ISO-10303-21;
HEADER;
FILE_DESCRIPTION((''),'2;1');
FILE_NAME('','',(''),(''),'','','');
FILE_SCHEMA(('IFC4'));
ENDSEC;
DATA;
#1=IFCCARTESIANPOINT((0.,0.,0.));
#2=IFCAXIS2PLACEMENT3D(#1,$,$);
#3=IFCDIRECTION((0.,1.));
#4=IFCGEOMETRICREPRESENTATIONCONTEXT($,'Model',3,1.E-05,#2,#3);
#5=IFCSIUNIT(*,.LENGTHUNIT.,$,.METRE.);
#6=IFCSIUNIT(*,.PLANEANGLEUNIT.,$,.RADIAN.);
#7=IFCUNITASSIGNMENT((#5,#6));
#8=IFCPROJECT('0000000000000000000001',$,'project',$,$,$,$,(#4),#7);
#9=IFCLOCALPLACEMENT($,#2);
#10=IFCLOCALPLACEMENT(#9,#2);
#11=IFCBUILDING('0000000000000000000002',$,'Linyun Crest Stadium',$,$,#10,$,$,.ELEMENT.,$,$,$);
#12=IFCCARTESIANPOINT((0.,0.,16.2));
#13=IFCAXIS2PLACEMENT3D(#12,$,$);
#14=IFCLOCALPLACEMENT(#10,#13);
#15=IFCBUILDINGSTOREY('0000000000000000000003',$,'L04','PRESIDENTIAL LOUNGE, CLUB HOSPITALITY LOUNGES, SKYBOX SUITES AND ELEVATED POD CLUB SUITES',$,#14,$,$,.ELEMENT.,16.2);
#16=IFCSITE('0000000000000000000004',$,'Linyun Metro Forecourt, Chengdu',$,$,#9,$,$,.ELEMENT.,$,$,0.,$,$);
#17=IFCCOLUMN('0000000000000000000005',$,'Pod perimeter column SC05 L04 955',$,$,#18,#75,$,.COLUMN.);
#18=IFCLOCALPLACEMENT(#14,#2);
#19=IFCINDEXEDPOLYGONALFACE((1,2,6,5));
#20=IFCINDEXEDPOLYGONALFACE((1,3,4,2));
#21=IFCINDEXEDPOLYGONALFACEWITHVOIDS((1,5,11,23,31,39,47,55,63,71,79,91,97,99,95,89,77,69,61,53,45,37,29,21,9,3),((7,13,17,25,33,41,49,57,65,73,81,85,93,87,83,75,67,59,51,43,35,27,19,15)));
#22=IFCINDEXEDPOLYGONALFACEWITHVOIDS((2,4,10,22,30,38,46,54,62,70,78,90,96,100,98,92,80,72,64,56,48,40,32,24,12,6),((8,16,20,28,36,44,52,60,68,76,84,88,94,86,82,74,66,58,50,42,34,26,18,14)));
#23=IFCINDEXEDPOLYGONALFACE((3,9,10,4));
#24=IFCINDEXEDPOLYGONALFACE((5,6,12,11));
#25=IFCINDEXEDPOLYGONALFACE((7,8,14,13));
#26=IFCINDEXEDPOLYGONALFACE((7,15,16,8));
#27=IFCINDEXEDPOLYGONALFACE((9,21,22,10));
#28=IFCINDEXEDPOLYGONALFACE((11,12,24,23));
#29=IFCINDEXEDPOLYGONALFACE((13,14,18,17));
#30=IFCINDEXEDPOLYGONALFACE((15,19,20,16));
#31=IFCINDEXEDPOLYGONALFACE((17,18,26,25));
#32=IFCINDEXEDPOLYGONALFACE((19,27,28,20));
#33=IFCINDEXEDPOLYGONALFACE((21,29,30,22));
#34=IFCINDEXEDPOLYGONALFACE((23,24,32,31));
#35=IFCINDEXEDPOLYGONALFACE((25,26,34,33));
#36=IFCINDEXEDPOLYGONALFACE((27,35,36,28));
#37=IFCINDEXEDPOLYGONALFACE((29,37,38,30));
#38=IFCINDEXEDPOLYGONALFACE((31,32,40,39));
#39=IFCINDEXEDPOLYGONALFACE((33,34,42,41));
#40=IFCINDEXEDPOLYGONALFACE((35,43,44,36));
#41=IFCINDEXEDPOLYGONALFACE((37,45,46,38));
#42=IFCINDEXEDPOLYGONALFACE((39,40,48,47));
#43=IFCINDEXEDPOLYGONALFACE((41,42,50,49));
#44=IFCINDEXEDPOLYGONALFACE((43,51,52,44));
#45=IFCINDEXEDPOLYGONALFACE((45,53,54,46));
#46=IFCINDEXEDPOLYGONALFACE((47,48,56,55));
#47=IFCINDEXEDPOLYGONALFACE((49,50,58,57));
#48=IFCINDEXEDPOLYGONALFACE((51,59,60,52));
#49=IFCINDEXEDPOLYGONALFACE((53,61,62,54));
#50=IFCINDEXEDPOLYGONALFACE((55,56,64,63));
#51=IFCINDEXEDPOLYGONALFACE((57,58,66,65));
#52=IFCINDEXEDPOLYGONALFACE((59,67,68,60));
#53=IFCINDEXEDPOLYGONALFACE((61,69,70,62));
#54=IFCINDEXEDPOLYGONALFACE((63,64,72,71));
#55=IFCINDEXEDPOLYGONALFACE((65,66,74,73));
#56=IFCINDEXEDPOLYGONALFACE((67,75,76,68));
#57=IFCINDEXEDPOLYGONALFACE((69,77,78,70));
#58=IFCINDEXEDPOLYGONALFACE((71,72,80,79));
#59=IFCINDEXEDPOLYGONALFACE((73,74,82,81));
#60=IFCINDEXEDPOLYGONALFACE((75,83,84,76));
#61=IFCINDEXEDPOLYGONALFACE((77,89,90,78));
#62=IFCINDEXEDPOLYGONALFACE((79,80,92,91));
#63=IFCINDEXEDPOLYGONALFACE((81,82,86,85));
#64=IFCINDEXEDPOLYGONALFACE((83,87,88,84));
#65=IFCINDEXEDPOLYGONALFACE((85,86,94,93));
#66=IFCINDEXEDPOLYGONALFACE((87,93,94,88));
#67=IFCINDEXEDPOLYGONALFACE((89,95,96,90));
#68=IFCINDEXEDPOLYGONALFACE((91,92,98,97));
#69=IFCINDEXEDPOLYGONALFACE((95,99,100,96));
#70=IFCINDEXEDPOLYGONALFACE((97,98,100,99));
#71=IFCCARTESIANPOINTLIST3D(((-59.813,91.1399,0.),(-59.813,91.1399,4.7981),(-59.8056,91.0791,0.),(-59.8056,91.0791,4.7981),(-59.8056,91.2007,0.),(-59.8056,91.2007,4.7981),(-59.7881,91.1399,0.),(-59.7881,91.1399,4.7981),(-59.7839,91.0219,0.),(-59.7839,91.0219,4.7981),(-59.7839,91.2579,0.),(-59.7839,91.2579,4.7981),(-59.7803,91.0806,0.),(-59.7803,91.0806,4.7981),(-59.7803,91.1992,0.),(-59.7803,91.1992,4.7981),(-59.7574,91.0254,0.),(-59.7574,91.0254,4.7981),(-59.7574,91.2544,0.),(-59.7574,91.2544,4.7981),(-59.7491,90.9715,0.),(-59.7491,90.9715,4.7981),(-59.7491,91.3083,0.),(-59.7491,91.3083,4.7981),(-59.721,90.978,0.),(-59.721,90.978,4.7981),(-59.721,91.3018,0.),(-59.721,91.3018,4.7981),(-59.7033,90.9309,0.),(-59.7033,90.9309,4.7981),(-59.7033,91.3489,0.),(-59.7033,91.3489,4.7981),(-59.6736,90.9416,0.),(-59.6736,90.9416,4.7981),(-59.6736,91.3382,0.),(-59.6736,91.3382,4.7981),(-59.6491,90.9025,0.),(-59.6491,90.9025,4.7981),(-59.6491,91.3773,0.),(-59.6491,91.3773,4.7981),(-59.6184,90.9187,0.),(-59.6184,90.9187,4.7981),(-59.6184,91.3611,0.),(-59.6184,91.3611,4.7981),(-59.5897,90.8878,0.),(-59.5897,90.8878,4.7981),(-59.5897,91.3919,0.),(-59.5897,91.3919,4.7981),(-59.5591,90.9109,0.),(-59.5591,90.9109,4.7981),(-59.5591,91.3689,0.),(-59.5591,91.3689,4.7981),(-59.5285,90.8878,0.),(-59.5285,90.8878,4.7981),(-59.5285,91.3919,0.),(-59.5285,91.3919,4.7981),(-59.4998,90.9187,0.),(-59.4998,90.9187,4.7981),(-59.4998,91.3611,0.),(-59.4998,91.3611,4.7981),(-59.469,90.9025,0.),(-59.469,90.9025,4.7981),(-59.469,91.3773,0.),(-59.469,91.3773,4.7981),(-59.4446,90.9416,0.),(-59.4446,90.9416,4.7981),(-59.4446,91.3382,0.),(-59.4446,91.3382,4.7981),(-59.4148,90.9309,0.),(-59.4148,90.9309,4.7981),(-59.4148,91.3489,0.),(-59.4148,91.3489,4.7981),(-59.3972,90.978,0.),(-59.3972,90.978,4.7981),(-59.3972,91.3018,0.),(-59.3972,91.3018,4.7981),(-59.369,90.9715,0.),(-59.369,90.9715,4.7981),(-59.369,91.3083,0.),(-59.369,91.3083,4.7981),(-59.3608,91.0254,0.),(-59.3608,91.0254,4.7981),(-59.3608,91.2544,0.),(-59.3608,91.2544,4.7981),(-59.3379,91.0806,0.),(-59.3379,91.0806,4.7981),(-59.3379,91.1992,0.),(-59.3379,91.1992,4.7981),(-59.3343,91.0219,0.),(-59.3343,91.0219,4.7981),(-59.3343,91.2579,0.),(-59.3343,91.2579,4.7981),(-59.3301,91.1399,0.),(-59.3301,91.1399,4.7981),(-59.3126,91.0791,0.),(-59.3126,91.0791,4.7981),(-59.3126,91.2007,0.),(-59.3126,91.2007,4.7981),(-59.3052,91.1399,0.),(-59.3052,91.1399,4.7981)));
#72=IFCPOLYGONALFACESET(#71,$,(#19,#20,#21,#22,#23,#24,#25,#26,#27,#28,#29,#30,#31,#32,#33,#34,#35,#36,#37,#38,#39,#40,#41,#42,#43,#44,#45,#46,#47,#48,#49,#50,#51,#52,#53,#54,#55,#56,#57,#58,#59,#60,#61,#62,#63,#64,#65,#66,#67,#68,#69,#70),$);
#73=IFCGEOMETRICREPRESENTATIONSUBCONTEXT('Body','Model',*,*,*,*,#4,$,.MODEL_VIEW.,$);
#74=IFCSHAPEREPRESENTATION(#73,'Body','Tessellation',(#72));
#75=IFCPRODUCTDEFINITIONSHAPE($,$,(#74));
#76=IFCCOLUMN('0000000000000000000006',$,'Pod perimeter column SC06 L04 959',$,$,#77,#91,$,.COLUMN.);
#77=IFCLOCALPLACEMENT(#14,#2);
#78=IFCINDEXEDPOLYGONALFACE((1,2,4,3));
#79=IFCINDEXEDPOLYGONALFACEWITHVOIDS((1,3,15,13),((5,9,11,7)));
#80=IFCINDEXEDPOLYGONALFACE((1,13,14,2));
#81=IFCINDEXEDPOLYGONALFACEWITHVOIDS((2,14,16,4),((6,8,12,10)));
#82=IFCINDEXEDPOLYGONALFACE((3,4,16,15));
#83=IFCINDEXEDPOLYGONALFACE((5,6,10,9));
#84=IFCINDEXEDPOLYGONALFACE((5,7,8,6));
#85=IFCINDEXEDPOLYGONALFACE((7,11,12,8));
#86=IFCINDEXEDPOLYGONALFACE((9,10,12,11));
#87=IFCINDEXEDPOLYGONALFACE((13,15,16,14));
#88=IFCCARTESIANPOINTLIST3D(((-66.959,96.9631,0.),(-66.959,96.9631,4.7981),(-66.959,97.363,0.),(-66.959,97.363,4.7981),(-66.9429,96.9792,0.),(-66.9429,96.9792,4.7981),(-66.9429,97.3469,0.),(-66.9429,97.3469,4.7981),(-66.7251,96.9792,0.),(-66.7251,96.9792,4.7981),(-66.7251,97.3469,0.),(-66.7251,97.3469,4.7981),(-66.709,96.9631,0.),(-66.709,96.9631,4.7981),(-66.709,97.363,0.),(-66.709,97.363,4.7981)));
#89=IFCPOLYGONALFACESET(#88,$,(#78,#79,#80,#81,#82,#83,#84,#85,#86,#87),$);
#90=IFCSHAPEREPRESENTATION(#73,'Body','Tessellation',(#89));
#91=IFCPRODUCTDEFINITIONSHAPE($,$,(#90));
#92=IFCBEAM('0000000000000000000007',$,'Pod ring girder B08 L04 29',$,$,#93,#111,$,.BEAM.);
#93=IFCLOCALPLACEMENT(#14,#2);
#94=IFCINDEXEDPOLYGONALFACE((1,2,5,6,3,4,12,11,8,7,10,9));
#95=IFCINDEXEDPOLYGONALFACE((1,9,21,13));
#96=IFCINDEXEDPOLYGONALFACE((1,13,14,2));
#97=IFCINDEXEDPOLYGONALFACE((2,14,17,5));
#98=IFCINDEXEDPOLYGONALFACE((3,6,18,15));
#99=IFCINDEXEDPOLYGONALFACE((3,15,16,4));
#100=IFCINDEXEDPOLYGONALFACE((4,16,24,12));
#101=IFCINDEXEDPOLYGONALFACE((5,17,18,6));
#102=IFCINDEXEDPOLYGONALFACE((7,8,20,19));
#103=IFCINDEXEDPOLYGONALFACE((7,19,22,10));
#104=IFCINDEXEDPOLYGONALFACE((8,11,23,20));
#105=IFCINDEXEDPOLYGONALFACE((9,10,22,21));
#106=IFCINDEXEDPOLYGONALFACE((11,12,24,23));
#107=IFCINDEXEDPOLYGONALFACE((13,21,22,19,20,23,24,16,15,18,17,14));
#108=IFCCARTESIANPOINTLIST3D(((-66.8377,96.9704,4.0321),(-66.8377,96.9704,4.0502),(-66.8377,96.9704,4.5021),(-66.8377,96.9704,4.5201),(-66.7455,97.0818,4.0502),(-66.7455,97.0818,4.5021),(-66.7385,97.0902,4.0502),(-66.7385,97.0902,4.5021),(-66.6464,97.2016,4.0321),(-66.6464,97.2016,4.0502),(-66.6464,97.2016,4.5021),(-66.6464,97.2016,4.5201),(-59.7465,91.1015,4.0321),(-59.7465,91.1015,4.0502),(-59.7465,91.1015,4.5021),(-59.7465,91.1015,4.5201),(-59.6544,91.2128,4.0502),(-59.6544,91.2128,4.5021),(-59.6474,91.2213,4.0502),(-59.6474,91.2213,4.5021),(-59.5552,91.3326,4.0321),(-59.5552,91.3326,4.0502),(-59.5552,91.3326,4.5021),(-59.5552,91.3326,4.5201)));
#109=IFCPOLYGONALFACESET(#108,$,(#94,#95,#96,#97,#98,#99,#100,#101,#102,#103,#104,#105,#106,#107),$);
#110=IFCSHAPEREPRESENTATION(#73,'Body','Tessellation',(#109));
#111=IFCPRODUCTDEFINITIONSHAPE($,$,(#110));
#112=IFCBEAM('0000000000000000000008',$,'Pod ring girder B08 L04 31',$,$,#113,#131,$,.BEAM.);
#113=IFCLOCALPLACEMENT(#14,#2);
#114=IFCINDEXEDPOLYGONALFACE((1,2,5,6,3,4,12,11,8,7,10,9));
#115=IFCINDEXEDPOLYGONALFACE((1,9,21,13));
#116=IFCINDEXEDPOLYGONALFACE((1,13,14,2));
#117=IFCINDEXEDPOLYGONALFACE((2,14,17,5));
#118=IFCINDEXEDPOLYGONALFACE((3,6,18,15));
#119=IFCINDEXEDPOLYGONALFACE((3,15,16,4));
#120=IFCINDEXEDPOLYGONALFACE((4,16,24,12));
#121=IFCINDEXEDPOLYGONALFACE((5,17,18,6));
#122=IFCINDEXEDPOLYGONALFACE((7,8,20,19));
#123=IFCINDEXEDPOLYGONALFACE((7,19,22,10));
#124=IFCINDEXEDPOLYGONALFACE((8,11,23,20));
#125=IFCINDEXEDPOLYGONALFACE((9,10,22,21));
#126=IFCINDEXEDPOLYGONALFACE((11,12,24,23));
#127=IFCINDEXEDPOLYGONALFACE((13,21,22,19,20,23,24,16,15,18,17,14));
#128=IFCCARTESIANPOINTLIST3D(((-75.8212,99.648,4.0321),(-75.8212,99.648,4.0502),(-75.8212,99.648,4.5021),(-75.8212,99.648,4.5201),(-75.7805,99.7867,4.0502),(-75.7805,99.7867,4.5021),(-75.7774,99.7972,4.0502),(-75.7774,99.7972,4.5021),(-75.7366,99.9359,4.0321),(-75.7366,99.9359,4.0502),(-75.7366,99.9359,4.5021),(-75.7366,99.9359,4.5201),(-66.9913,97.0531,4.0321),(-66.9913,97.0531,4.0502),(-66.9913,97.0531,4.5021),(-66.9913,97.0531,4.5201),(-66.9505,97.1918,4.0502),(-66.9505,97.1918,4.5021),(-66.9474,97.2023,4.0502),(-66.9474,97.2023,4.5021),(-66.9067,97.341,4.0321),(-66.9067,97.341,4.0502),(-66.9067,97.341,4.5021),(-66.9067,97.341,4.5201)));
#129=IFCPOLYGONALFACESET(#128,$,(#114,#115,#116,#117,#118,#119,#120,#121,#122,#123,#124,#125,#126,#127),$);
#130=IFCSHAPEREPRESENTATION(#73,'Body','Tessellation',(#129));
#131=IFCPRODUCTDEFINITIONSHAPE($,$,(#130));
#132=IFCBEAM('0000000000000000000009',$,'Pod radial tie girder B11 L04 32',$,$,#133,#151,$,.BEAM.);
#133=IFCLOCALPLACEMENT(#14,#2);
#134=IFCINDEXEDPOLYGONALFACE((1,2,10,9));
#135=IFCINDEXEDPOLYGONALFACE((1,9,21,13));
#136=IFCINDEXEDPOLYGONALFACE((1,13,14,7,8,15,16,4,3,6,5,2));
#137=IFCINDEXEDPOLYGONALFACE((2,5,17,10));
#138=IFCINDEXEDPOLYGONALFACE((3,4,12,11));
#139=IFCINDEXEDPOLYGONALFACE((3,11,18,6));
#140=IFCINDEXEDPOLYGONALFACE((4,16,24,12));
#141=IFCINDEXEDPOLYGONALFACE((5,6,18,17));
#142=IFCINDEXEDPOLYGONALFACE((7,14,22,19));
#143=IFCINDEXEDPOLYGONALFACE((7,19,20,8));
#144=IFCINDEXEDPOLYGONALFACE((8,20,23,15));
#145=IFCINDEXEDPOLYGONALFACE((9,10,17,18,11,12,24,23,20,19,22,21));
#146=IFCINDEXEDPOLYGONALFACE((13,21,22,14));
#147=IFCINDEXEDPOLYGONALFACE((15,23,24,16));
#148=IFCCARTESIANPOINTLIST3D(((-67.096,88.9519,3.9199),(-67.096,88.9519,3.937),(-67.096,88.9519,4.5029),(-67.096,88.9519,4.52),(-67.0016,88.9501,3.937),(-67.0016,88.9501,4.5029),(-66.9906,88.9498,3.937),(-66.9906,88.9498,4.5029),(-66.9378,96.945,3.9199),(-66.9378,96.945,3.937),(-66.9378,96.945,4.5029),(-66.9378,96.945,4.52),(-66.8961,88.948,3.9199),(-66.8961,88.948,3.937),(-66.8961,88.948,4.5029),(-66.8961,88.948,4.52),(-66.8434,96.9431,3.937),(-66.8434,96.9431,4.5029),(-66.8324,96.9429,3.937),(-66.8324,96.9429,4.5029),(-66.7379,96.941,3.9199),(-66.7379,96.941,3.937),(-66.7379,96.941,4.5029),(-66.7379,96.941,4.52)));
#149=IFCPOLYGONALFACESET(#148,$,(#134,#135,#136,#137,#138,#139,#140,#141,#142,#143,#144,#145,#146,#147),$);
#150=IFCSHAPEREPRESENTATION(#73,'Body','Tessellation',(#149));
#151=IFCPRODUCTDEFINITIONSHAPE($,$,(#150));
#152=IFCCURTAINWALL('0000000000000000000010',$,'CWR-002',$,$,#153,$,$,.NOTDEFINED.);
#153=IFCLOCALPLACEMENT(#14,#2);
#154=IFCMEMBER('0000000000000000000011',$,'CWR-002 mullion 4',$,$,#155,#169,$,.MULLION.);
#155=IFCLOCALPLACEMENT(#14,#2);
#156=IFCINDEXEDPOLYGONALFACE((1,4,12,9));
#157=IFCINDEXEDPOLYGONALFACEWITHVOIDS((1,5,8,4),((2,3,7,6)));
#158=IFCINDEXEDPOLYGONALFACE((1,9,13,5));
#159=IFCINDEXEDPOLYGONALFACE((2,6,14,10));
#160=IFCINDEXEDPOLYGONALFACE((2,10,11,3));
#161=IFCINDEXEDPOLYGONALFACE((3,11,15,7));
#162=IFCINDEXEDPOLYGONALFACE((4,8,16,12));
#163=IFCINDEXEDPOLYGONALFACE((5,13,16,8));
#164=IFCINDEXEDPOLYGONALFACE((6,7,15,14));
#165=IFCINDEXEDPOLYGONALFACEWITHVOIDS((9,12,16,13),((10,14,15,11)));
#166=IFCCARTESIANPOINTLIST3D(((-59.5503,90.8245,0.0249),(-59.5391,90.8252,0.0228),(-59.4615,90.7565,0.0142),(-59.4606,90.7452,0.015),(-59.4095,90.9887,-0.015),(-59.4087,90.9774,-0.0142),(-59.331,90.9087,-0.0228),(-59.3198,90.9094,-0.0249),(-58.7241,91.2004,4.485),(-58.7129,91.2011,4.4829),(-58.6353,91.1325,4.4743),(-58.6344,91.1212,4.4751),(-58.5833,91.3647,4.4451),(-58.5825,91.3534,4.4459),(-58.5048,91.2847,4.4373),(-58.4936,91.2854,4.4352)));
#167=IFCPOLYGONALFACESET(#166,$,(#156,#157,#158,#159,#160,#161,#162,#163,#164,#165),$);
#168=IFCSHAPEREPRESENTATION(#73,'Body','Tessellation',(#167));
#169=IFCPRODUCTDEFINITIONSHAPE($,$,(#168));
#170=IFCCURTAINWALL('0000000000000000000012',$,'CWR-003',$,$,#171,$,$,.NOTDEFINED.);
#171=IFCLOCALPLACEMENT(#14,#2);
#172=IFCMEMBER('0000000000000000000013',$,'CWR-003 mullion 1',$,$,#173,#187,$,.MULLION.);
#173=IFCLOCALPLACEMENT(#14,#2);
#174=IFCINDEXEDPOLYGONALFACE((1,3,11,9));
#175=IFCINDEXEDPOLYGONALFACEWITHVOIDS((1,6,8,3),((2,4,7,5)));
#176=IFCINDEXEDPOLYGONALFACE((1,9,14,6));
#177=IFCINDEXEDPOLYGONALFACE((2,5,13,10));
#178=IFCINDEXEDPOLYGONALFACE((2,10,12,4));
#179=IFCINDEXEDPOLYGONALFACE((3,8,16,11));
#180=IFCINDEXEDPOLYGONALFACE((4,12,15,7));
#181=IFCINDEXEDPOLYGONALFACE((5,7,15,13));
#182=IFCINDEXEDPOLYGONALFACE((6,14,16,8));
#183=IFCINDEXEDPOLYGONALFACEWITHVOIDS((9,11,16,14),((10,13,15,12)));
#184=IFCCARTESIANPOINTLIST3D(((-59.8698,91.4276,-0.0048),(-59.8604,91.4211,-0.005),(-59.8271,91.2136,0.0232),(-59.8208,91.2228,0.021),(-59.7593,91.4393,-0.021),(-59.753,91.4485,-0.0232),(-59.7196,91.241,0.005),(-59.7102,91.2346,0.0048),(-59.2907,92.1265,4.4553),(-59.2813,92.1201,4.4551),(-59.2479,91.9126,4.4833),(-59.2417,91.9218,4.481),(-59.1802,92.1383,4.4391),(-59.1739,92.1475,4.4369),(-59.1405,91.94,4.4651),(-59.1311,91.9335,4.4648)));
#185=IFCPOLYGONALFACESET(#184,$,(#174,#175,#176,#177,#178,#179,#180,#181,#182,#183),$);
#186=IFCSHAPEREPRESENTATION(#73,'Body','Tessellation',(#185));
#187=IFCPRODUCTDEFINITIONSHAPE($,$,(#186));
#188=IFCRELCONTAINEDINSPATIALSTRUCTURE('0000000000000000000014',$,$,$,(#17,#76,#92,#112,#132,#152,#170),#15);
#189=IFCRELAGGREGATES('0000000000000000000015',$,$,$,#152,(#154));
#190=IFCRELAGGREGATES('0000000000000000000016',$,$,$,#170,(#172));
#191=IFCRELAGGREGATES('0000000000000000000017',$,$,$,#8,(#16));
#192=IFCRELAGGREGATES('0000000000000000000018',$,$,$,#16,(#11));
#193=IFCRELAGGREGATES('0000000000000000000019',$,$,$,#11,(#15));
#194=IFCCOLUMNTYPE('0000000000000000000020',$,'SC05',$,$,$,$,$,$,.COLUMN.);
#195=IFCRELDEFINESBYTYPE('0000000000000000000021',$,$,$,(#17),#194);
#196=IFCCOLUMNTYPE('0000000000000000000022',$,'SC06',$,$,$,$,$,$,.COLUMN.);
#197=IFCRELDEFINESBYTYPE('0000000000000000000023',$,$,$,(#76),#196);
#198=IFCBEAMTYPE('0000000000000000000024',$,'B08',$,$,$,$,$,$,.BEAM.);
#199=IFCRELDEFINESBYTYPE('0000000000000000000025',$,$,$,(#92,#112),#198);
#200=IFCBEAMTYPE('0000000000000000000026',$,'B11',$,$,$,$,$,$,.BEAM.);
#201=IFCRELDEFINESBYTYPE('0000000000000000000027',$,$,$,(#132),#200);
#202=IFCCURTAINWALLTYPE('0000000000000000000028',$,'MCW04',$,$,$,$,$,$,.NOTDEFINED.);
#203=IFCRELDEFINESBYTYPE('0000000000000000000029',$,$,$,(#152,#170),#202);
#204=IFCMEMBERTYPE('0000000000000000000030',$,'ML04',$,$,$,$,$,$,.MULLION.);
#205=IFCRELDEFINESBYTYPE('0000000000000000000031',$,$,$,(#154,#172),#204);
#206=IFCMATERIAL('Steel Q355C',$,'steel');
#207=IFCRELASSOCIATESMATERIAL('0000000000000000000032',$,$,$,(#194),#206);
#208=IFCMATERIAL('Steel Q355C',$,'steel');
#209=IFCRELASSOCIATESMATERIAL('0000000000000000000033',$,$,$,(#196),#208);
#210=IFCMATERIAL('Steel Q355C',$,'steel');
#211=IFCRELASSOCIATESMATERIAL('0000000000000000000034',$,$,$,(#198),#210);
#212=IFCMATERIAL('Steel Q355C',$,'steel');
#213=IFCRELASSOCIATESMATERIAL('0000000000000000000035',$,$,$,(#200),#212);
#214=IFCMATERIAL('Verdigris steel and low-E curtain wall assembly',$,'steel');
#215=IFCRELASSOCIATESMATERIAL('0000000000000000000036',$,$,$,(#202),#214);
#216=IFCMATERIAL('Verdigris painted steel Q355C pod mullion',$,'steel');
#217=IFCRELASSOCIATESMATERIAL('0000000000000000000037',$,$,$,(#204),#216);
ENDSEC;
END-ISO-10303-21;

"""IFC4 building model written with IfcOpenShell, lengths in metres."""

from ifc_helpers import new_model, si_unit, direction, frame, origin, origin_2d, place, context, subcontext, project, spatial, hollow_rectangle, hollow_circle, i_section, extrude, material, material_profile, profile_set, type_object, element, aggregate, save


model = new_model("IFC4")

# Units and contexts
model_context = context("Model", 3, precision=1e-05, world=origin(), true_north=direction((0.0, 1.0)))
body_context = subcontext(model_context, "Body", "Model", "MODEL_VIEW")
ifc_project = project(units=[si_unit("LENGTHUNIT", "METRE"), si_unit("PLANEANGLEUNIT", "RADIAN")], contexts=[model_context])

# Site, building, storey
site_placement = place(None, origin())
site = spatial("IfcSite", under=ifc_project, at=site_placement, Name="Linyun Metro Forecourt, Chengdu", CompositionType="ELEMENT", RefElevation=0.0)
building_placement = place(site_placement, origin())
building = spatial("IfcBuilding", under=site, at=building_placement, Name="Linyun Crest Stadium", CompositionType="ELEMENT")
storey_placement = place(building_placement, frame((0.0, 0.0, 16.2)))
storey = spatial("IfcBuildingStorey", under=building, at=storey_placement, Name="L04", Description="PRESIDENTIAL LOUNGE, CLUB HOSPITALITY LOUNGES, SKYBOX SUITES AND ELEVATED POD CLUB SUITES", CompositionType="ELEMENT", Elevation=16.2)

# Columns
ifc_material_1 = material(Name="Steel Q355C", Category="steel")
ifc_material_profile_1 = material_profile(ifc_material_1, hollow_circle(Radius=0.2539, WallThickness=0.0249, at=origin_2d()), Name="CHS 508x25")
ifc_profile_set_1 = profile_set([ifc_material_profile_1], Name="Steel Q355C")
column_type_1 = type_object("IfcColumnType", Name="SC05", PredefinedType="COLUMN", material=ifc_profile_set_1)
column_1_placement = place(storey_placement, frame((-59.5591, 91.1399, 0.0), z_axis=(0.0, 0.0, 1.0), x_axis=(1.0, 0.0, 0.0)))
element("IfcColumn", 1, at=column_1_placement, inside=storey, type_object=column_type_1, Name="Pod perimeter column SC05 L04 955", PredefinedType="COLUMN", context=body_context, shape_type="SweptSolid", body=[
    extrude(hollow_circle(Radius=0.2539, WallThickness=0.0249, at=origin_2d()), origin(), (0.0, 0.0, 1.0), 4.7981),
])
ifc_material_2 = material(Name="Steel Q355C", Category="steel")
ifc_material_profile_2 = material_profile(ifc_material_2, hollow_rectangle(XDim=0.25, YDim=0.3999, WallThickness=0.0161, at=origin_2d()), Name="RHS 400x250x16")
ifc_profile_set_2 = profile_set([ifc_material_profile_2], Name="Steel Q355C")
column_type_2 = type_object("IfcColumnType", Name="SC06", PredefinedType="COLUMN", material=ifc_profile_set_2)
column_2_placement = place(storey_placement, frame((-66.834, 97.1631, 0.0), z_axis=(0.0, 0.0, 1.0), x_axis=(1.0, 0.0, 0.0)))
element("IfcColumn", 2, at=column_2_placement, inside=storey, type_object=column_type_2, Name="Pod perimeter column SC06 L04 959", PredefinedType="COLUMN", context=body_context, shape_type="SweptSolid", body=[
    extrude(hollow_rectangle(XDim=0.25, YDim=0.3999, WallThickness=0.0161, at=origin_2d()), origin(), (0.0, 0.0, 1.0), 4.7981),
])

# Beams
ifc_material_3 = material(Name="Steel Q355C", Category="steel")
ifc_material_profile_3 = material_profile(ifc_material_3, i_section(OverallWidth=0.3, OverallDepth=0.488, WebThickness=0.011, FlangeThickness=0.0181, at=origin_2d()), Name="HM 488x300")
ifc_profile_set_3 = profile_set([ifc_material_profile_3], Name="Steel Q355C")
beam_type_1 = type_object("IfcBeamType", Name="B08", PredefinedType="BEAM", material=ifc_profile_set_3)
beam_1_placement = place(storey_placement, frame((-59.6509, 91.217, 4.2761), z_axis=(-0.770371, 0.637595, 0.0), x_axis=(-0.637595, -0.770371, 0.0)))
element("IfcBeam", 3, at=beam_1_placement, inside=storey, type_object=beam_type_1, Name="Pod ring girder B08 L04 29", PredefinedType="BEAM", context=body_context, shape_type="SweptSolid", body=[
    extrude(i_section(OverallWidth=0.3, OverallDepth=0.488, WebThickness=0.011, FlangeThickness=0.0181, at=origin_2d()), origin(), (0.0, 0.0, 1.0), 9.2048),
])
beam_2_placement = place(storey_placement, frame((-66.949, 97.197, 4.2761), z_axis=(-0.959428, 0.281955, 0.0), x_axis=(-0.281955, -0.959428, 0.0)))
element("IfcBeam", 4, at=beam_2_placement, inside=storey, type_object=beam_type_1, Name="Pod ring girder B08 L04 31", PredefinedType="BEAM", context=body_context, shape_type="SweptSolid", body=[
    extrude(i_section(OverallWidth=0.3, OverallDepth=0.488, WebThickness=0.011, FlangeThickness=0.0181, at=origin_2d()), origin(), (0.0, 0.0, 1.0), 9.2034),
])
ifc_material_4 = material(Name="Steel Q355C", Category="steel")
ifc_material_profile_4 = material_profile(ifc_material_4, i_section(OverallWidth=0.2, OverallDepth=0.6001, WebThickness=0.011, FlangeThickness=0.0171, at=origin_2d()), Name="HN 600x200")
ifc_profile_set_4 = profile_set([ifc_material_profile_4], Name="Steel Q355C")
beam_type_2 = type_object("IfcBeamType", Name="B11", PredefinedType="BEAM", material=ifc_profile_set_4)
beam_3_placement = place(storey_placement, frame((-66.9961, 88.95, 4.22), z_axis=(0.019788, 0.999804, 0.0), x_axis=(-0.999804, 0.019788, 0.0)))
element("IfcBeam", 5, at=beam_3_placement, inside=storey, type_object=beam_type_2, Name="Pod radial tie girder B11 L04 32", PredefinedType="BEAM", context=body_context, shape_type="SweptSolid", body=[
    extrude(i_section(OverallWidth=0.2, OverallDepth=0.6001, WebThickness=0.011, FlangeThickness=0.0171, at=origin_2d()), origin(), (0.0, 0.0, 1.0), 7.9946),
])

# Curtain wall, member
ifc_material_5 = material(Name="Verdigris steel and low-E curtain wall assembly", Category="steel")
curtain_wall_type = type_object("IfcCurtainWallType", Name="MCW04", PredefinedType="NOTDEFINED", material=ifc_material_5)
curtain_wall_1_placement = place(storey_placement, origin())
curtain_wall_1 = element("IfcCurtainWall", 6, at=curtain_wall_1_placement, inside=storey, type_object=curtain_wall_type, Name="CWR-002", PredefinedType="NOTDEFINED")
ifc_material_6 = material(Name="Verdigris painted steel Q355C pod mullion", Category="steel")
ifc_material_profile_5 = material_profile(ifc_material_6, hollow_rectangle(XDim=0.1201, YDim=0.22, WallThickness=0.0081, at=origin_2d()), Name="RHS 220x120x8")
ifc_profile_set_5 = profile_set([ifc_material_profile_5], Name="Verdigris painted steel Q355C pod mullion")
member_type_1 = type_object("IfcMemberType", Name="ML04", PredefinedType="MULLION", material=ifc_profile_set_5)
member_1_placement = place(storey_placement, frame((-59.4351, 90.8669, 0.0), z_axis=(0.181521, 0.082607, 0.979911), x_axis=(0.746666, -0.660042, -0.082672)))
member_1 = element("IfcMember", 7, at=member_1_placement, type_object=member_type_1, Name="CWR-002 mullion 4", PredefinedType="MULLION", context=body_context, shape_type="SweptSolid", body=[
    extrude(hollow_rectangle(XDim=0.1201, YDim=0.22, WallThickness=0.0081, at=origin_2d()), origin(), (0.0, 0.0, 1.0), 4.5515),
])

# Curtain wall, member
curtain_wall_2_placement = place(storey_placement, origin())
curtain_wall_2 = element("IfcCurtainWall", 8, at=curtain_wall_2_placement, inside=storey, type_object=curtain_wall_type, Name="CWR-003", PredefinedType="NOTDEFINED")
member_2_placement = place(storey_placement, frame((-59.79, 91.3311, 0.0), z_axis=(0.127236, 0.153574, 0.979911), x_axis=(0.972616, 0.174406, -0.153622)))
member_2 = element("IfcMember", 9, at=member_2_placement, type_object=member_type_1, Name="CWR-003 mullion 1", PredefinedType="MULLION", context=body_context, shape_type="SweptSolid", body=[
    extrude(hollow_rectangle(XDim=0.1201, YDim=0.22, WallThickness=0.0081, at=origin_2d()), origin(), (0.0, 0.0, 1.0), 4.5515),
])

aggregate(curtain_wall_1, [member_1])
aggregate(curtain_wall_2, [member_2])

save(model, "model.ifc")
